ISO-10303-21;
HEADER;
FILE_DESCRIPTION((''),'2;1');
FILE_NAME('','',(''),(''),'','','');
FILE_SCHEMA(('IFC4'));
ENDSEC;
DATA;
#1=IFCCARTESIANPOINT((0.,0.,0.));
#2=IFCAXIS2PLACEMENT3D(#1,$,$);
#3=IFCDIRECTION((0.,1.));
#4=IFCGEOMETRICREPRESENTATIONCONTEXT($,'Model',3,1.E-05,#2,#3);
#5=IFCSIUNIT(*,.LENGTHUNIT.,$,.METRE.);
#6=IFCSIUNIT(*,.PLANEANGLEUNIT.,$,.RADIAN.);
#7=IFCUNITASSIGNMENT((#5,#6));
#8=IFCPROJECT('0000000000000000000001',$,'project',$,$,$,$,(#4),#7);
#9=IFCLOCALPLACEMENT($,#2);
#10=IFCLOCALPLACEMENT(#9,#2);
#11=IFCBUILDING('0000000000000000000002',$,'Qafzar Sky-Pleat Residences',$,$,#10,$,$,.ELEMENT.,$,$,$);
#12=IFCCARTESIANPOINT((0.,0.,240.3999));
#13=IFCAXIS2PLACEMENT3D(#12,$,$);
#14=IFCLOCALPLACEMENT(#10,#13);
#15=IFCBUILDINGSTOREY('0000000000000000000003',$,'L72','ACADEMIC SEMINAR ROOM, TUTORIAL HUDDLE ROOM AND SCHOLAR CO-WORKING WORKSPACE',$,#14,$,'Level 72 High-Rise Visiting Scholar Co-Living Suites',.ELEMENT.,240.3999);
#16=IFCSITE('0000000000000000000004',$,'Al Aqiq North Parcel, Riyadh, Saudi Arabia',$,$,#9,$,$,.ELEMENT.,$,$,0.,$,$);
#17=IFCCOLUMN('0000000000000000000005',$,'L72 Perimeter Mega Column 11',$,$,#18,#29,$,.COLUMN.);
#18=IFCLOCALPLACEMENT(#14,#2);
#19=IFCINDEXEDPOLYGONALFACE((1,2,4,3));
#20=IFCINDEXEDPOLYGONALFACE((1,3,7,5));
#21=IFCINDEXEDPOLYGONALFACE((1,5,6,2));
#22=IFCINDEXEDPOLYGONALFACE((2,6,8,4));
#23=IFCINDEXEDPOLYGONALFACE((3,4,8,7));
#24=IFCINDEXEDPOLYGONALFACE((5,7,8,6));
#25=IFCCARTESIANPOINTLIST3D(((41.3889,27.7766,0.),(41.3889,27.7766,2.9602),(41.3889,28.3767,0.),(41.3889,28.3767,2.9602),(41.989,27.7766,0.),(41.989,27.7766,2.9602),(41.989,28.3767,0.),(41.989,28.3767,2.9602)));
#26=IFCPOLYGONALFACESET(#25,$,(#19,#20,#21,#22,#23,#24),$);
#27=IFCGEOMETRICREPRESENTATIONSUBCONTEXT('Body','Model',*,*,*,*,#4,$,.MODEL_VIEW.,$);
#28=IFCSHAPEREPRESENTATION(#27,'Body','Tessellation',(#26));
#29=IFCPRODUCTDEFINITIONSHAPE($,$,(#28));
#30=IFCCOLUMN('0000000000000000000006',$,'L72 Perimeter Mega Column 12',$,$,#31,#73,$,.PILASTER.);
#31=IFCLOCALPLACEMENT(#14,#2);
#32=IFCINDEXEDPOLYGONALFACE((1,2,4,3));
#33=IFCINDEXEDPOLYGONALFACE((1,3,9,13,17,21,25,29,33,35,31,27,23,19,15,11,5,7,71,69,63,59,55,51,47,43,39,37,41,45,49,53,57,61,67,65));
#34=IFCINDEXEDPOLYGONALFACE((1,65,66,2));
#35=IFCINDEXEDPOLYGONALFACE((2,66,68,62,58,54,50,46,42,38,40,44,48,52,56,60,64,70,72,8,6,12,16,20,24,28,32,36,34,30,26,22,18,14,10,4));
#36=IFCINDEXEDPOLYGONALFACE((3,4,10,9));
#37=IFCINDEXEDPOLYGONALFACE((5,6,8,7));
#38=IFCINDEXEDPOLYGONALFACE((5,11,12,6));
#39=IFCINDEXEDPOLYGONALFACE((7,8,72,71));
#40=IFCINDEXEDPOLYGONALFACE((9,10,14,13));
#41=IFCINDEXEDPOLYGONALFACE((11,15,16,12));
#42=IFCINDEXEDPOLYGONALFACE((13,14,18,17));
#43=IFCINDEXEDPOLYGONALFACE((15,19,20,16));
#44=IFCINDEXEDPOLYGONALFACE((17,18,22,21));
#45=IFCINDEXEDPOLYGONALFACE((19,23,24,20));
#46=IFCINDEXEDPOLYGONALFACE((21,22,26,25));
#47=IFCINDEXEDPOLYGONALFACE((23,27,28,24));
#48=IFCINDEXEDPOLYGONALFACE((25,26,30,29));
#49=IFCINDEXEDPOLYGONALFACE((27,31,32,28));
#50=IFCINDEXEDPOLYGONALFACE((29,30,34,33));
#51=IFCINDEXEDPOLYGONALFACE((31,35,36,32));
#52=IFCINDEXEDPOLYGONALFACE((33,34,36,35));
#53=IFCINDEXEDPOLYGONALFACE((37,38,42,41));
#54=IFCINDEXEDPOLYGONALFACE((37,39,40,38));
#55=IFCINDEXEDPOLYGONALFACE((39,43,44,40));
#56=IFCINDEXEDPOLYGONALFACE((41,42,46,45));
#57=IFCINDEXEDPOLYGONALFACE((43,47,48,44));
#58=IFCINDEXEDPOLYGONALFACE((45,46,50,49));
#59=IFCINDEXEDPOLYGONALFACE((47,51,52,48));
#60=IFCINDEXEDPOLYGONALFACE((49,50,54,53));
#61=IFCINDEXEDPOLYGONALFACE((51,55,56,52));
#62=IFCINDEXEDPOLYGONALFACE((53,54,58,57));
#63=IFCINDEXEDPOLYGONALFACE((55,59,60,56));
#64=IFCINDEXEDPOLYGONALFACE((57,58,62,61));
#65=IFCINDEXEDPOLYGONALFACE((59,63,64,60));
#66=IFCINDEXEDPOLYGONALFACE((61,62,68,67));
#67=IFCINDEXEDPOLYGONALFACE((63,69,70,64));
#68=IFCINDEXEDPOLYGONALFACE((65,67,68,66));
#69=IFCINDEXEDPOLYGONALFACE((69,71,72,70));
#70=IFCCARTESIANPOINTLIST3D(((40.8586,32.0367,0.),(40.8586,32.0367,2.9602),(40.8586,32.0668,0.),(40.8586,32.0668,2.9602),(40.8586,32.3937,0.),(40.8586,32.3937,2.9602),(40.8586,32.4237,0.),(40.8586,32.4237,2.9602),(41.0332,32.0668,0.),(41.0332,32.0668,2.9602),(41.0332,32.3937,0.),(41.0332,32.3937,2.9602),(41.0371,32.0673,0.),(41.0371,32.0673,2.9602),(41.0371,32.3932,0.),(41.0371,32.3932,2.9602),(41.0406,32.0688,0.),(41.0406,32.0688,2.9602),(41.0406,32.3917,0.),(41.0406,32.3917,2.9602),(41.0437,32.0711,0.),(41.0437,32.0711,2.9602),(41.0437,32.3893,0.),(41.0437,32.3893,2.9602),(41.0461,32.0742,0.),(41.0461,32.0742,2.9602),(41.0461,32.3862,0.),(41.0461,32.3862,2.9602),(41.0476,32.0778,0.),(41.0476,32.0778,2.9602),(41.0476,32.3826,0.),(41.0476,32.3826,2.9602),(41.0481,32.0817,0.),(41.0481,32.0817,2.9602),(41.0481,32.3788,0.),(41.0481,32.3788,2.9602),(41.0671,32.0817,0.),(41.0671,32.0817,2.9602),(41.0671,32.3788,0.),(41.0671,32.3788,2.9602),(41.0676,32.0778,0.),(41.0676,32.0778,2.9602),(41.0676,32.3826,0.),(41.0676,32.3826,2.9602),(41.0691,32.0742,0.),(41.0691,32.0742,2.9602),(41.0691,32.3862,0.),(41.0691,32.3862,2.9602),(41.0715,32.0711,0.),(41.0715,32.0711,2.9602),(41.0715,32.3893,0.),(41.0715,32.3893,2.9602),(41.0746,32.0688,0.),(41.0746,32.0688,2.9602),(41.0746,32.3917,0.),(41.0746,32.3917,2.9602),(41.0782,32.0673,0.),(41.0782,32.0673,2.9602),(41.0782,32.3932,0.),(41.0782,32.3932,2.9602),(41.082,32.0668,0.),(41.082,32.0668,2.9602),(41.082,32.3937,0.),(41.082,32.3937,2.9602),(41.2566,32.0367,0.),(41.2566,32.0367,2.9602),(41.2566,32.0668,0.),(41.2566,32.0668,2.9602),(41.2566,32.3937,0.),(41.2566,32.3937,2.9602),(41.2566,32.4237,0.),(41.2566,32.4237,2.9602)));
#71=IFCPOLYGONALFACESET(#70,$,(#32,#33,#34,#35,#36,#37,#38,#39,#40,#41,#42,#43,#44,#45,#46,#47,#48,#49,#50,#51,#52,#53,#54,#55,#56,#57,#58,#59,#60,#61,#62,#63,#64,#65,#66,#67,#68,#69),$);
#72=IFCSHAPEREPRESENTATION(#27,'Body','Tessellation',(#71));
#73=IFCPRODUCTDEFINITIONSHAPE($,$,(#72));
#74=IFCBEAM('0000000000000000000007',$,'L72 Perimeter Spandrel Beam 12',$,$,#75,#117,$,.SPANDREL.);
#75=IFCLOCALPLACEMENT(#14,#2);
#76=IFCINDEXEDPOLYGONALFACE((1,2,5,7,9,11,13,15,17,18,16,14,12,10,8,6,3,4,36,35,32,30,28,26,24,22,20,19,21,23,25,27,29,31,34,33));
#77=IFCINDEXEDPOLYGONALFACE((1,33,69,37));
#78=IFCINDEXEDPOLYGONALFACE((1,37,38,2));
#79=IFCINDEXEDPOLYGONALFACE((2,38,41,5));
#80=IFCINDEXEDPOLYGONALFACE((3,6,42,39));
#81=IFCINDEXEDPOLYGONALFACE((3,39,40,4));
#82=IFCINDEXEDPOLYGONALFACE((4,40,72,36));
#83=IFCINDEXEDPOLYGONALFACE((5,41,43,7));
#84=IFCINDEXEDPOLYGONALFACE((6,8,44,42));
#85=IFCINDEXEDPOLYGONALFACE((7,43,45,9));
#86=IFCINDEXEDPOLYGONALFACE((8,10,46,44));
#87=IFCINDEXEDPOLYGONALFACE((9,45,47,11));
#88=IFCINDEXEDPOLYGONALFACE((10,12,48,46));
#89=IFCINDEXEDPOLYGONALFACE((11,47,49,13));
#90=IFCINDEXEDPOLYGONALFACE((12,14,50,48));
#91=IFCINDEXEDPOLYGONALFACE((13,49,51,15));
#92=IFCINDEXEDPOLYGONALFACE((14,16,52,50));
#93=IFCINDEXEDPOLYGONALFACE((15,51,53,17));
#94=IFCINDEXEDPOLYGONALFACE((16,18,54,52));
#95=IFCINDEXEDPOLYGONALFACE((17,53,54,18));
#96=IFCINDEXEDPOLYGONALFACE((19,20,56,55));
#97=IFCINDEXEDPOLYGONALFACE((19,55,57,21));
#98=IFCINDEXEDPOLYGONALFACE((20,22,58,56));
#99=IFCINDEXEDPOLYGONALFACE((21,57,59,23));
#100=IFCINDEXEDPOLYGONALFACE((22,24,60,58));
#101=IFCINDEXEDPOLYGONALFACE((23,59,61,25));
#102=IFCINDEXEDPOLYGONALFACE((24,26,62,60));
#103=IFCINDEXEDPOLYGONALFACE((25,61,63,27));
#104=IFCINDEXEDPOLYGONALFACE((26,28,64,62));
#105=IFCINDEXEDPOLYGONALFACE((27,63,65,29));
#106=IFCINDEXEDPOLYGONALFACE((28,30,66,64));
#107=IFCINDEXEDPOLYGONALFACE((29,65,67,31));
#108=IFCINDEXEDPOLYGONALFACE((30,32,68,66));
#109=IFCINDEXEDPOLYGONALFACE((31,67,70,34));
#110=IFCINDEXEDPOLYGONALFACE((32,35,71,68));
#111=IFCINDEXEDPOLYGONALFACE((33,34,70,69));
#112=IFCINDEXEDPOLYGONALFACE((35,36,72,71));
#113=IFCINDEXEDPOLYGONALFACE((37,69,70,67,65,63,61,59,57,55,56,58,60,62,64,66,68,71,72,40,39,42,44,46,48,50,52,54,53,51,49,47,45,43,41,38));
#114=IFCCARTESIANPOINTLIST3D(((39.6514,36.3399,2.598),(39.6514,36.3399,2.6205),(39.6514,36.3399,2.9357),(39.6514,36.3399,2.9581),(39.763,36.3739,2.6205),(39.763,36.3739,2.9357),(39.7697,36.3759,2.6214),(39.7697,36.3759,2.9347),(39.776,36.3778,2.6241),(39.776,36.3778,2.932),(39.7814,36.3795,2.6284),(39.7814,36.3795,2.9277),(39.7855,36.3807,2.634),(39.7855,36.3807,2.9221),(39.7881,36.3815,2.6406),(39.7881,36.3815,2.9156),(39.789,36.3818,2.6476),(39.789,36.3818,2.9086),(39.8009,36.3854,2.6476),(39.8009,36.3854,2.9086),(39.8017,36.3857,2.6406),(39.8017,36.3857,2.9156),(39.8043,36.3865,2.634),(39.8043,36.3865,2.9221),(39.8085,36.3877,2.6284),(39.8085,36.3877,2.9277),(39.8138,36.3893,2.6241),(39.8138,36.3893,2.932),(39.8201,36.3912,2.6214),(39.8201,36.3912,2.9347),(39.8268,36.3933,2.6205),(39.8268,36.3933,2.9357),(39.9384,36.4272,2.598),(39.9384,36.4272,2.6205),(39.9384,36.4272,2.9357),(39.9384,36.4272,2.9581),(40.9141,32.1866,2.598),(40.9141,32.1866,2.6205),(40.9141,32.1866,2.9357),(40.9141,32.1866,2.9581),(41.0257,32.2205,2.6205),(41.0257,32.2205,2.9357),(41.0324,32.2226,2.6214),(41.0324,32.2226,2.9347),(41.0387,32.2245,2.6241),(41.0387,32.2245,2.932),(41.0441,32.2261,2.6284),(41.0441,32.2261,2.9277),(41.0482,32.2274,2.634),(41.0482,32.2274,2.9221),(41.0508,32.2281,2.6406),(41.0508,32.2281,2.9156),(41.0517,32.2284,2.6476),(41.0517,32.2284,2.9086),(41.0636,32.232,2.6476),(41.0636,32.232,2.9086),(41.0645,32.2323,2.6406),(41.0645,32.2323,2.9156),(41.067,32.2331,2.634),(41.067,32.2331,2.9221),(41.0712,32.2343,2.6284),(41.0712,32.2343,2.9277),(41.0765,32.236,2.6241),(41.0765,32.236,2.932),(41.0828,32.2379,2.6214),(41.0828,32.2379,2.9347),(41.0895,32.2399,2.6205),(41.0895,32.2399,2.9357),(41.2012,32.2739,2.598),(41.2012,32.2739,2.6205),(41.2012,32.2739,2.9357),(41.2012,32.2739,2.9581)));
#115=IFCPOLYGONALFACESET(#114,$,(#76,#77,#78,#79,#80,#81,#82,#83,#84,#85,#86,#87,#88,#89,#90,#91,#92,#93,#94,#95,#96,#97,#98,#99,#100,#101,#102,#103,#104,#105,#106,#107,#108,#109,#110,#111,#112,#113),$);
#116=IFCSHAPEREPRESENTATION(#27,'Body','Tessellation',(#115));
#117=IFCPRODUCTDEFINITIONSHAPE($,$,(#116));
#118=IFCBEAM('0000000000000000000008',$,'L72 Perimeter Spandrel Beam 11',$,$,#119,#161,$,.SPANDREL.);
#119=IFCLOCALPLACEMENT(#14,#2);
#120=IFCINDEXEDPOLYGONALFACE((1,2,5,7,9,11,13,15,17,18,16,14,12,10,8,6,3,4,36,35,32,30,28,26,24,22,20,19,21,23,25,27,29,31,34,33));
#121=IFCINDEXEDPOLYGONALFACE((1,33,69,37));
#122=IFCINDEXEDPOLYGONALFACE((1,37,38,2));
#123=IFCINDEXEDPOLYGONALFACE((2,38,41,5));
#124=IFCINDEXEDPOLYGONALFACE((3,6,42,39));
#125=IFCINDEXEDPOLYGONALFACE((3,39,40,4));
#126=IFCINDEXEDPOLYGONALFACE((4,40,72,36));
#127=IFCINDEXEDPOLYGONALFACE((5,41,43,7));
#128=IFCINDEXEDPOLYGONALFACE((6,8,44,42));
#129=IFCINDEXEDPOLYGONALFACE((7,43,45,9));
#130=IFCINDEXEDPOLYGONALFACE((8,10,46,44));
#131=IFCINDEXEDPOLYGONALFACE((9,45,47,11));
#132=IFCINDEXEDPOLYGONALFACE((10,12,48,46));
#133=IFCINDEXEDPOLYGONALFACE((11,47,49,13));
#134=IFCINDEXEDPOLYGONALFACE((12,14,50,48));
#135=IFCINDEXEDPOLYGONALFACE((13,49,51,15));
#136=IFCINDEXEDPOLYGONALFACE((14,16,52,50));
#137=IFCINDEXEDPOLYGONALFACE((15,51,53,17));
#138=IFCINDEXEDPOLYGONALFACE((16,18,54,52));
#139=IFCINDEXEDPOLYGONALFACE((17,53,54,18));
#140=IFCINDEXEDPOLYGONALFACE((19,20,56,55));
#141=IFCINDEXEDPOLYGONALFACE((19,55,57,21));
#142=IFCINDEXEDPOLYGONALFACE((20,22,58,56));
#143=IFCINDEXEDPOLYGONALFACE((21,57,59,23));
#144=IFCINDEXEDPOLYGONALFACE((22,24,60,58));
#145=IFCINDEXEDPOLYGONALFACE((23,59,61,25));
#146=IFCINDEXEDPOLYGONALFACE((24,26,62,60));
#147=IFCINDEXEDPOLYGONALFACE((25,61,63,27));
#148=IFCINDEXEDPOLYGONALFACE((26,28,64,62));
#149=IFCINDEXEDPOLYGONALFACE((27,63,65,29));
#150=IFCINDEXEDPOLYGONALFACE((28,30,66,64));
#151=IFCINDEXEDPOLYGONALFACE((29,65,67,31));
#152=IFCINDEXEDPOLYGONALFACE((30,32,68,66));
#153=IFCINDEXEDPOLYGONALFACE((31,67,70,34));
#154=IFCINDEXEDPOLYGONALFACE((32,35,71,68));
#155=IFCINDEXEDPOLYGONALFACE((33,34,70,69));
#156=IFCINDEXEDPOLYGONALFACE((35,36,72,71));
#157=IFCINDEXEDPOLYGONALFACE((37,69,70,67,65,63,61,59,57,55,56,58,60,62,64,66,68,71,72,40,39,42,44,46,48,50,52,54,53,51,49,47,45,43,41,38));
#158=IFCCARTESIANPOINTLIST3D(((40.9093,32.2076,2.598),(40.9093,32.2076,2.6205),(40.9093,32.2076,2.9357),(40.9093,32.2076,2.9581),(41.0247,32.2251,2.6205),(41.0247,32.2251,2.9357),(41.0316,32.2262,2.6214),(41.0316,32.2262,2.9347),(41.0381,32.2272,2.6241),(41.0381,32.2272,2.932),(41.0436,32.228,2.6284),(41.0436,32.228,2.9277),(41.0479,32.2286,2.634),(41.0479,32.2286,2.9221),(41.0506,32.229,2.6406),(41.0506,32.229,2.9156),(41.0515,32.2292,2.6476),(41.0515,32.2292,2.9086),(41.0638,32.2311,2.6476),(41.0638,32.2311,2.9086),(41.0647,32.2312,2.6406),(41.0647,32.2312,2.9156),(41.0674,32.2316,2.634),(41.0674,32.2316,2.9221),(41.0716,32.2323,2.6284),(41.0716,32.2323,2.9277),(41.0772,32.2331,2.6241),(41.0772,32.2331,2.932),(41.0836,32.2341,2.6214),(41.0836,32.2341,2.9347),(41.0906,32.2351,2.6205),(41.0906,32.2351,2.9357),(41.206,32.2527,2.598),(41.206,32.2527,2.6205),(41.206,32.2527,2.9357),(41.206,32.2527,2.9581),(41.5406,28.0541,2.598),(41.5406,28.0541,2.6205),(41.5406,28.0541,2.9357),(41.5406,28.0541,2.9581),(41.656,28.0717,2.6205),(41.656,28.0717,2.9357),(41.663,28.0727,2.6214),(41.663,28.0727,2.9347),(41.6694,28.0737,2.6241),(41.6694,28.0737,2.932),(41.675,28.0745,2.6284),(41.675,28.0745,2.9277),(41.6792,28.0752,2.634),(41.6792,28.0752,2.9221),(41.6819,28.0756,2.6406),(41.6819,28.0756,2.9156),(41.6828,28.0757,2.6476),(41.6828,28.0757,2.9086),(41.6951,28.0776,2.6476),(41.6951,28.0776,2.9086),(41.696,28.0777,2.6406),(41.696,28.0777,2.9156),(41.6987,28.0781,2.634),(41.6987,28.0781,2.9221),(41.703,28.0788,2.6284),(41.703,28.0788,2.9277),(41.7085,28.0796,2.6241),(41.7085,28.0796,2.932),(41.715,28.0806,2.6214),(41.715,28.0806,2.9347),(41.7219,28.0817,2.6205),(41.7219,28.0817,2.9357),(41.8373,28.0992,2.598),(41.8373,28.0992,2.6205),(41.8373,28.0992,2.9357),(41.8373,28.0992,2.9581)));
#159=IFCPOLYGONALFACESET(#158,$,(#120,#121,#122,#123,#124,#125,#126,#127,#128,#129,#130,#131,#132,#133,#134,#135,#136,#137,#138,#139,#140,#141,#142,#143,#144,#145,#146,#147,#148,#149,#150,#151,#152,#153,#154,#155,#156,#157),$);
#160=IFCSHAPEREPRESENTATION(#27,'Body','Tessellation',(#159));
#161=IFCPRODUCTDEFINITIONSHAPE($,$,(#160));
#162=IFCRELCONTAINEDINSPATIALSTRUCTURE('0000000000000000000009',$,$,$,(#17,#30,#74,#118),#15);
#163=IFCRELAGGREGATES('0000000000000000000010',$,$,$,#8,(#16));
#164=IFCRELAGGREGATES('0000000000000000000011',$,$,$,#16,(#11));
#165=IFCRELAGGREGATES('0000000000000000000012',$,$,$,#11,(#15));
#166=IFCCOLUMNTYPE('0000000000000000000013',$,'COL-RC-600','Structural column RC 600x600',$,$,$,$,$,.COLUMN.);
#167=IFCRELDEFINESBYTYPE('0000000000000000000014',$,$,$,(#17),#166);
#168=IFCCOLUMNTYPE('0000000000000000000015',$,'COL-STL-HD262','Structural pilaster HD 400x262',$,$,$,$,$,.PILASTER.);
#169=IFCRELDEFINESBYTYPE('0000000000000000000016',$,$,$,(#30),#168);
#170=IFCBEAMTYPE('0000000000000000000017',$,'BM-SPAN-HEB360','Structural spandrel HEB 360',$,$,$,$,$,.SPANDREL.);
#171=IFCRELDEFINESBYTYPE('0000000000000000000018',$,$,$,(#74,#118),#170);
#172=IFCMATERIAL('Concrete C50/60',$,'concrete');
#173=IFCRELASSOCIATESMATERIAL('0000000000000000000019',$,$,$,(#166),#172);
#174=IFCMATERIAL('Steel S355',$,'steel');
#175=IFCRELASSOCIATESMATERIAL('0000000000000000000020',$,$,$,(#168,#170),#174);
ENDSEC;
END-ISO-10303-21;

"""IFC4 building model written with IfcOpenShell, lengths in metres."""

from ifc_helpers import new_model, si_unit, direction, frame, origin, origin_2d, place, context, subcontext, project, spatial, rectangle, i_section, extrude, source, transform, mapped, material, material_profile, profile_set, type_object, element, save


model = new_model("IFC4")

# Units and contexts
model_context = context("Model", 3, precision=1e-05, world=origin(), true_north=direction((0.0, 1.0)))
body_context = subcontext(model_context, "Body", "Model", "MODEL_VIEW")
ifc_project = project(units=[si_unit("LENGTHUNIT", "METRE"), si_unit("PLANEANGLEUNIT", "RADIAN")], contexts=[model_context])

# Site, building, storey
site_placement = place(None, origin())
site = spatial("IfcSite", under=ifc_project, at=site_placement, Name="Al Aqiq North Parcel, Riyadh, Saudi Arabia", CompositionType="ELEMENT", RefElevation=0.0)
building_placement = place(site_placement, origin())
building = spatial("IfcBuilding", under=site, at=building_placement, Name="Qafzar Sky-Pleat Residences", CompositionType="ELEMENT")
storey_placement = place(building_placement, frame((0.0, 0.0, 240.3999)))
storey = spatial("IfcBuildingStorey", under=building, at=storey_placement, Name="L72", Description="ACADEMIC SEMINAR ROOM, TUTORIAL HUDDLE ROOM AND SCHOLAR CO-WORKING WORKSPACE", LongName="Level 72 High-Rise Visiting Scholar Co-Living Suites", CompositionType="ELEMENT", Elevation=240.3999)

# Columns
ifc_material_1 = material(Name="Concrete C50/60", Category="concrete")
ifc_material_profile_1 = material_profile(ifc_material_1, rectangle(XDim=0.6001, YDim=0.6001, at=origin_2d()), Name="RC 600x600")
ifc_profile_set_1 = profile_set([ifc_material_profile_1], Name="Concrete C50/60")
column_type_1 = type_object("IfcColumnType", Name="COL-RC-600", Description="Structural column RC 600x600", PredefinedType="COLUMN", material=ifc_profile_set_1)
shared_shape_1 = source(origin(), body_context, "Body", "SweptSolid", [
    extrude(rectangle(XDim=0.6001, YDim=0.6001, at=origin_2d()), origin(), (0.0, 0.0, 1.0), 2.9602),
])
column_1_placement = place(storey_placement, frame((41.689, 28.0767, 0.0), z_axis=(0.0, 0.0, 1.0), x_axis=(1.0, 0.0, 0.0)))
element("IfcColumn", 1, at=column_1_placement, inside=storey, type_object=column_type_1, Name="L72 Perimeter Mega Column 11", PredefinedType="COLUMN", context=body_context, shape_type="MappedRepresentation", body=[
    mapped(shared_shape_1, transform((0.0, 0.0, 0.0), x_axis=(1.0, 0.0, 0.0), y_axis=(0.0, 1.0, 0.0), z_axis=(0.0, 0.0, 1.0), scale=1.0)),
])
ifc_material_2 = material(Name="Steel S355", Category="steel")
ifc_material_profile_2 = material_profile(ifc_material_2, i_section(OverallWidth=0.3979, OverallDepth=0.387, WebThickness=0.019, FlangeThickness=0.03, FilletRadius=0.0149, at=origin_2d()), Name="HD 400x262")
ifc_profile_set_2 = profile_set([ifc_material_profile_2], Name="Steel S355")
column_type_2 = type_object("IfcColumnType", Name="COL-STL-HD262", Description="Structural pilaster HD 400x262", PredefinedType="PILASTER", material=ifc_profile_set_2)
shared_shape_2 = source(origin(), body_context, "Body", "SweptSolid", [
    extrude(i_section(OverallWidth=0.3979, OverallDepth=0.387, WebThickness=0.019, FlangeThickness=0.03, FilletRadius=0.0149, at=origin_2d()), origin(), (0.0, 0.0, 1.0), 2.9602),
])
column_2_placement = place(storey_placement, frame((41.0576, 32.2302, 0.0), z_axis=(0.0, 0.0, 1.0), x_axis=(1.0, 0.0, 0.0)))
element("IfcColumn", 2, at=column_2_placement, inside=storey, type_object=column_type_2, Name="L72 Perimeter Mega Column 12", PredefinedType="PILASTER", context=body_context, shape_type="MappedRepresentation", body=[
    mapped(shared_shape_2, transform((0.0, 0.0, 0.0), x_axis=(1.0, 0.0, 0.0), y_axis=(0.0, 1.0, 0.0), z_axis=(0.0, 0.0, 1.0), scale=1.0)),
])

# Beams
ifc_material_profile_3 = material_profile(ifc_material_2, i_section(OverallWidth=0.3, OverallDepth=0.3601, WebThickness=0.0125, FlangeThickness=0.0225, FilletRadius=0.0271, at=origin_2d()), Name="HEB 360")
ifc_profile_set_3 = profile_set([ifc_material_profile_3], Name="Steel S355")
beam_type_1 = type_object("IfcBeamType", Name="BM-SPAN-HEB360", Description="Structural spandrel HEB 360", PredefinedType="SPANDREL", material=ifc_profile_set_3)
shared_shape_3 = source(origin(), body_context, "Body", "SweptSolid", [
    extrude(i_section(OverallWidth=0.3, OverallDepth=0.3601, WebThickness=0.0125, FlangeThickness=0.0225, FilletRadius=0.0271, at=origin_2d()), origin(), (0.0, 0.0, 1.0), 4.3411),
])
beam_1_placement = place(storey_placement, frame((41.0576, 32.2302, 2.7781), z_axis=(-0.290875, 0.956761, 0.0), x_axis=(-0.956761, -0.290875, 0.0)))
element("IfcBeam", 3, at=beam_1_placement, inside=storey, type_object=beam_type_1, Name="L72 Perimeter Spandrel Beam 12", PredefinedType="SPANDREL", context=body_context, shape_type="MappedRepresentation", body=[
    mapped(shared_shape_3, transform((0.0, 0.0, 0.0), x_axis=(1.0, 0.0, 0.0), y_axis=(0.0, 1.0, 0.0), z_axis=(0.0, 0.0, 1.0), scale=1.0)),
])
shared_shape_4 = source(origin(), body_context, "Body", "SweptSolid", [
    extrude(i_section(OverallWidth=0.3, OverallDepth=0.3601, WebThickness=0.0125, FlangeThickness=0.0225, FilletRadius=0.0271, at=origin_2d()), origin(), (0.0, 0.0, 1.0), 4.2012),
])
beam_2_placement = place(storey_placement, frame((41.689, 28.0767, 2.7781), z_axis=(-0.150275, 0.988644, 0.0), x_axis=(-0.988644, -0.150275, 0.0)))
element("IfcBeam", 4, at=beam_2_placement, inside=storey, type_object=beam_type_1, Name="L72 Perimeter Spandrel Beam 11", PredefinedType="SPANDREL", context=body_context, shape_type="MappedRepresentation", body=[
    mapped(shared_shape_4, transform((0.0, 0.0, 0.0), x_axis=(1.0, 0.0, 0.0), y_axis=(0.0, 1.0, 0.0), z_axis=(0.0, 0.0, 1.0), scale=1.0)),
])

save(model, "model.ifc")
